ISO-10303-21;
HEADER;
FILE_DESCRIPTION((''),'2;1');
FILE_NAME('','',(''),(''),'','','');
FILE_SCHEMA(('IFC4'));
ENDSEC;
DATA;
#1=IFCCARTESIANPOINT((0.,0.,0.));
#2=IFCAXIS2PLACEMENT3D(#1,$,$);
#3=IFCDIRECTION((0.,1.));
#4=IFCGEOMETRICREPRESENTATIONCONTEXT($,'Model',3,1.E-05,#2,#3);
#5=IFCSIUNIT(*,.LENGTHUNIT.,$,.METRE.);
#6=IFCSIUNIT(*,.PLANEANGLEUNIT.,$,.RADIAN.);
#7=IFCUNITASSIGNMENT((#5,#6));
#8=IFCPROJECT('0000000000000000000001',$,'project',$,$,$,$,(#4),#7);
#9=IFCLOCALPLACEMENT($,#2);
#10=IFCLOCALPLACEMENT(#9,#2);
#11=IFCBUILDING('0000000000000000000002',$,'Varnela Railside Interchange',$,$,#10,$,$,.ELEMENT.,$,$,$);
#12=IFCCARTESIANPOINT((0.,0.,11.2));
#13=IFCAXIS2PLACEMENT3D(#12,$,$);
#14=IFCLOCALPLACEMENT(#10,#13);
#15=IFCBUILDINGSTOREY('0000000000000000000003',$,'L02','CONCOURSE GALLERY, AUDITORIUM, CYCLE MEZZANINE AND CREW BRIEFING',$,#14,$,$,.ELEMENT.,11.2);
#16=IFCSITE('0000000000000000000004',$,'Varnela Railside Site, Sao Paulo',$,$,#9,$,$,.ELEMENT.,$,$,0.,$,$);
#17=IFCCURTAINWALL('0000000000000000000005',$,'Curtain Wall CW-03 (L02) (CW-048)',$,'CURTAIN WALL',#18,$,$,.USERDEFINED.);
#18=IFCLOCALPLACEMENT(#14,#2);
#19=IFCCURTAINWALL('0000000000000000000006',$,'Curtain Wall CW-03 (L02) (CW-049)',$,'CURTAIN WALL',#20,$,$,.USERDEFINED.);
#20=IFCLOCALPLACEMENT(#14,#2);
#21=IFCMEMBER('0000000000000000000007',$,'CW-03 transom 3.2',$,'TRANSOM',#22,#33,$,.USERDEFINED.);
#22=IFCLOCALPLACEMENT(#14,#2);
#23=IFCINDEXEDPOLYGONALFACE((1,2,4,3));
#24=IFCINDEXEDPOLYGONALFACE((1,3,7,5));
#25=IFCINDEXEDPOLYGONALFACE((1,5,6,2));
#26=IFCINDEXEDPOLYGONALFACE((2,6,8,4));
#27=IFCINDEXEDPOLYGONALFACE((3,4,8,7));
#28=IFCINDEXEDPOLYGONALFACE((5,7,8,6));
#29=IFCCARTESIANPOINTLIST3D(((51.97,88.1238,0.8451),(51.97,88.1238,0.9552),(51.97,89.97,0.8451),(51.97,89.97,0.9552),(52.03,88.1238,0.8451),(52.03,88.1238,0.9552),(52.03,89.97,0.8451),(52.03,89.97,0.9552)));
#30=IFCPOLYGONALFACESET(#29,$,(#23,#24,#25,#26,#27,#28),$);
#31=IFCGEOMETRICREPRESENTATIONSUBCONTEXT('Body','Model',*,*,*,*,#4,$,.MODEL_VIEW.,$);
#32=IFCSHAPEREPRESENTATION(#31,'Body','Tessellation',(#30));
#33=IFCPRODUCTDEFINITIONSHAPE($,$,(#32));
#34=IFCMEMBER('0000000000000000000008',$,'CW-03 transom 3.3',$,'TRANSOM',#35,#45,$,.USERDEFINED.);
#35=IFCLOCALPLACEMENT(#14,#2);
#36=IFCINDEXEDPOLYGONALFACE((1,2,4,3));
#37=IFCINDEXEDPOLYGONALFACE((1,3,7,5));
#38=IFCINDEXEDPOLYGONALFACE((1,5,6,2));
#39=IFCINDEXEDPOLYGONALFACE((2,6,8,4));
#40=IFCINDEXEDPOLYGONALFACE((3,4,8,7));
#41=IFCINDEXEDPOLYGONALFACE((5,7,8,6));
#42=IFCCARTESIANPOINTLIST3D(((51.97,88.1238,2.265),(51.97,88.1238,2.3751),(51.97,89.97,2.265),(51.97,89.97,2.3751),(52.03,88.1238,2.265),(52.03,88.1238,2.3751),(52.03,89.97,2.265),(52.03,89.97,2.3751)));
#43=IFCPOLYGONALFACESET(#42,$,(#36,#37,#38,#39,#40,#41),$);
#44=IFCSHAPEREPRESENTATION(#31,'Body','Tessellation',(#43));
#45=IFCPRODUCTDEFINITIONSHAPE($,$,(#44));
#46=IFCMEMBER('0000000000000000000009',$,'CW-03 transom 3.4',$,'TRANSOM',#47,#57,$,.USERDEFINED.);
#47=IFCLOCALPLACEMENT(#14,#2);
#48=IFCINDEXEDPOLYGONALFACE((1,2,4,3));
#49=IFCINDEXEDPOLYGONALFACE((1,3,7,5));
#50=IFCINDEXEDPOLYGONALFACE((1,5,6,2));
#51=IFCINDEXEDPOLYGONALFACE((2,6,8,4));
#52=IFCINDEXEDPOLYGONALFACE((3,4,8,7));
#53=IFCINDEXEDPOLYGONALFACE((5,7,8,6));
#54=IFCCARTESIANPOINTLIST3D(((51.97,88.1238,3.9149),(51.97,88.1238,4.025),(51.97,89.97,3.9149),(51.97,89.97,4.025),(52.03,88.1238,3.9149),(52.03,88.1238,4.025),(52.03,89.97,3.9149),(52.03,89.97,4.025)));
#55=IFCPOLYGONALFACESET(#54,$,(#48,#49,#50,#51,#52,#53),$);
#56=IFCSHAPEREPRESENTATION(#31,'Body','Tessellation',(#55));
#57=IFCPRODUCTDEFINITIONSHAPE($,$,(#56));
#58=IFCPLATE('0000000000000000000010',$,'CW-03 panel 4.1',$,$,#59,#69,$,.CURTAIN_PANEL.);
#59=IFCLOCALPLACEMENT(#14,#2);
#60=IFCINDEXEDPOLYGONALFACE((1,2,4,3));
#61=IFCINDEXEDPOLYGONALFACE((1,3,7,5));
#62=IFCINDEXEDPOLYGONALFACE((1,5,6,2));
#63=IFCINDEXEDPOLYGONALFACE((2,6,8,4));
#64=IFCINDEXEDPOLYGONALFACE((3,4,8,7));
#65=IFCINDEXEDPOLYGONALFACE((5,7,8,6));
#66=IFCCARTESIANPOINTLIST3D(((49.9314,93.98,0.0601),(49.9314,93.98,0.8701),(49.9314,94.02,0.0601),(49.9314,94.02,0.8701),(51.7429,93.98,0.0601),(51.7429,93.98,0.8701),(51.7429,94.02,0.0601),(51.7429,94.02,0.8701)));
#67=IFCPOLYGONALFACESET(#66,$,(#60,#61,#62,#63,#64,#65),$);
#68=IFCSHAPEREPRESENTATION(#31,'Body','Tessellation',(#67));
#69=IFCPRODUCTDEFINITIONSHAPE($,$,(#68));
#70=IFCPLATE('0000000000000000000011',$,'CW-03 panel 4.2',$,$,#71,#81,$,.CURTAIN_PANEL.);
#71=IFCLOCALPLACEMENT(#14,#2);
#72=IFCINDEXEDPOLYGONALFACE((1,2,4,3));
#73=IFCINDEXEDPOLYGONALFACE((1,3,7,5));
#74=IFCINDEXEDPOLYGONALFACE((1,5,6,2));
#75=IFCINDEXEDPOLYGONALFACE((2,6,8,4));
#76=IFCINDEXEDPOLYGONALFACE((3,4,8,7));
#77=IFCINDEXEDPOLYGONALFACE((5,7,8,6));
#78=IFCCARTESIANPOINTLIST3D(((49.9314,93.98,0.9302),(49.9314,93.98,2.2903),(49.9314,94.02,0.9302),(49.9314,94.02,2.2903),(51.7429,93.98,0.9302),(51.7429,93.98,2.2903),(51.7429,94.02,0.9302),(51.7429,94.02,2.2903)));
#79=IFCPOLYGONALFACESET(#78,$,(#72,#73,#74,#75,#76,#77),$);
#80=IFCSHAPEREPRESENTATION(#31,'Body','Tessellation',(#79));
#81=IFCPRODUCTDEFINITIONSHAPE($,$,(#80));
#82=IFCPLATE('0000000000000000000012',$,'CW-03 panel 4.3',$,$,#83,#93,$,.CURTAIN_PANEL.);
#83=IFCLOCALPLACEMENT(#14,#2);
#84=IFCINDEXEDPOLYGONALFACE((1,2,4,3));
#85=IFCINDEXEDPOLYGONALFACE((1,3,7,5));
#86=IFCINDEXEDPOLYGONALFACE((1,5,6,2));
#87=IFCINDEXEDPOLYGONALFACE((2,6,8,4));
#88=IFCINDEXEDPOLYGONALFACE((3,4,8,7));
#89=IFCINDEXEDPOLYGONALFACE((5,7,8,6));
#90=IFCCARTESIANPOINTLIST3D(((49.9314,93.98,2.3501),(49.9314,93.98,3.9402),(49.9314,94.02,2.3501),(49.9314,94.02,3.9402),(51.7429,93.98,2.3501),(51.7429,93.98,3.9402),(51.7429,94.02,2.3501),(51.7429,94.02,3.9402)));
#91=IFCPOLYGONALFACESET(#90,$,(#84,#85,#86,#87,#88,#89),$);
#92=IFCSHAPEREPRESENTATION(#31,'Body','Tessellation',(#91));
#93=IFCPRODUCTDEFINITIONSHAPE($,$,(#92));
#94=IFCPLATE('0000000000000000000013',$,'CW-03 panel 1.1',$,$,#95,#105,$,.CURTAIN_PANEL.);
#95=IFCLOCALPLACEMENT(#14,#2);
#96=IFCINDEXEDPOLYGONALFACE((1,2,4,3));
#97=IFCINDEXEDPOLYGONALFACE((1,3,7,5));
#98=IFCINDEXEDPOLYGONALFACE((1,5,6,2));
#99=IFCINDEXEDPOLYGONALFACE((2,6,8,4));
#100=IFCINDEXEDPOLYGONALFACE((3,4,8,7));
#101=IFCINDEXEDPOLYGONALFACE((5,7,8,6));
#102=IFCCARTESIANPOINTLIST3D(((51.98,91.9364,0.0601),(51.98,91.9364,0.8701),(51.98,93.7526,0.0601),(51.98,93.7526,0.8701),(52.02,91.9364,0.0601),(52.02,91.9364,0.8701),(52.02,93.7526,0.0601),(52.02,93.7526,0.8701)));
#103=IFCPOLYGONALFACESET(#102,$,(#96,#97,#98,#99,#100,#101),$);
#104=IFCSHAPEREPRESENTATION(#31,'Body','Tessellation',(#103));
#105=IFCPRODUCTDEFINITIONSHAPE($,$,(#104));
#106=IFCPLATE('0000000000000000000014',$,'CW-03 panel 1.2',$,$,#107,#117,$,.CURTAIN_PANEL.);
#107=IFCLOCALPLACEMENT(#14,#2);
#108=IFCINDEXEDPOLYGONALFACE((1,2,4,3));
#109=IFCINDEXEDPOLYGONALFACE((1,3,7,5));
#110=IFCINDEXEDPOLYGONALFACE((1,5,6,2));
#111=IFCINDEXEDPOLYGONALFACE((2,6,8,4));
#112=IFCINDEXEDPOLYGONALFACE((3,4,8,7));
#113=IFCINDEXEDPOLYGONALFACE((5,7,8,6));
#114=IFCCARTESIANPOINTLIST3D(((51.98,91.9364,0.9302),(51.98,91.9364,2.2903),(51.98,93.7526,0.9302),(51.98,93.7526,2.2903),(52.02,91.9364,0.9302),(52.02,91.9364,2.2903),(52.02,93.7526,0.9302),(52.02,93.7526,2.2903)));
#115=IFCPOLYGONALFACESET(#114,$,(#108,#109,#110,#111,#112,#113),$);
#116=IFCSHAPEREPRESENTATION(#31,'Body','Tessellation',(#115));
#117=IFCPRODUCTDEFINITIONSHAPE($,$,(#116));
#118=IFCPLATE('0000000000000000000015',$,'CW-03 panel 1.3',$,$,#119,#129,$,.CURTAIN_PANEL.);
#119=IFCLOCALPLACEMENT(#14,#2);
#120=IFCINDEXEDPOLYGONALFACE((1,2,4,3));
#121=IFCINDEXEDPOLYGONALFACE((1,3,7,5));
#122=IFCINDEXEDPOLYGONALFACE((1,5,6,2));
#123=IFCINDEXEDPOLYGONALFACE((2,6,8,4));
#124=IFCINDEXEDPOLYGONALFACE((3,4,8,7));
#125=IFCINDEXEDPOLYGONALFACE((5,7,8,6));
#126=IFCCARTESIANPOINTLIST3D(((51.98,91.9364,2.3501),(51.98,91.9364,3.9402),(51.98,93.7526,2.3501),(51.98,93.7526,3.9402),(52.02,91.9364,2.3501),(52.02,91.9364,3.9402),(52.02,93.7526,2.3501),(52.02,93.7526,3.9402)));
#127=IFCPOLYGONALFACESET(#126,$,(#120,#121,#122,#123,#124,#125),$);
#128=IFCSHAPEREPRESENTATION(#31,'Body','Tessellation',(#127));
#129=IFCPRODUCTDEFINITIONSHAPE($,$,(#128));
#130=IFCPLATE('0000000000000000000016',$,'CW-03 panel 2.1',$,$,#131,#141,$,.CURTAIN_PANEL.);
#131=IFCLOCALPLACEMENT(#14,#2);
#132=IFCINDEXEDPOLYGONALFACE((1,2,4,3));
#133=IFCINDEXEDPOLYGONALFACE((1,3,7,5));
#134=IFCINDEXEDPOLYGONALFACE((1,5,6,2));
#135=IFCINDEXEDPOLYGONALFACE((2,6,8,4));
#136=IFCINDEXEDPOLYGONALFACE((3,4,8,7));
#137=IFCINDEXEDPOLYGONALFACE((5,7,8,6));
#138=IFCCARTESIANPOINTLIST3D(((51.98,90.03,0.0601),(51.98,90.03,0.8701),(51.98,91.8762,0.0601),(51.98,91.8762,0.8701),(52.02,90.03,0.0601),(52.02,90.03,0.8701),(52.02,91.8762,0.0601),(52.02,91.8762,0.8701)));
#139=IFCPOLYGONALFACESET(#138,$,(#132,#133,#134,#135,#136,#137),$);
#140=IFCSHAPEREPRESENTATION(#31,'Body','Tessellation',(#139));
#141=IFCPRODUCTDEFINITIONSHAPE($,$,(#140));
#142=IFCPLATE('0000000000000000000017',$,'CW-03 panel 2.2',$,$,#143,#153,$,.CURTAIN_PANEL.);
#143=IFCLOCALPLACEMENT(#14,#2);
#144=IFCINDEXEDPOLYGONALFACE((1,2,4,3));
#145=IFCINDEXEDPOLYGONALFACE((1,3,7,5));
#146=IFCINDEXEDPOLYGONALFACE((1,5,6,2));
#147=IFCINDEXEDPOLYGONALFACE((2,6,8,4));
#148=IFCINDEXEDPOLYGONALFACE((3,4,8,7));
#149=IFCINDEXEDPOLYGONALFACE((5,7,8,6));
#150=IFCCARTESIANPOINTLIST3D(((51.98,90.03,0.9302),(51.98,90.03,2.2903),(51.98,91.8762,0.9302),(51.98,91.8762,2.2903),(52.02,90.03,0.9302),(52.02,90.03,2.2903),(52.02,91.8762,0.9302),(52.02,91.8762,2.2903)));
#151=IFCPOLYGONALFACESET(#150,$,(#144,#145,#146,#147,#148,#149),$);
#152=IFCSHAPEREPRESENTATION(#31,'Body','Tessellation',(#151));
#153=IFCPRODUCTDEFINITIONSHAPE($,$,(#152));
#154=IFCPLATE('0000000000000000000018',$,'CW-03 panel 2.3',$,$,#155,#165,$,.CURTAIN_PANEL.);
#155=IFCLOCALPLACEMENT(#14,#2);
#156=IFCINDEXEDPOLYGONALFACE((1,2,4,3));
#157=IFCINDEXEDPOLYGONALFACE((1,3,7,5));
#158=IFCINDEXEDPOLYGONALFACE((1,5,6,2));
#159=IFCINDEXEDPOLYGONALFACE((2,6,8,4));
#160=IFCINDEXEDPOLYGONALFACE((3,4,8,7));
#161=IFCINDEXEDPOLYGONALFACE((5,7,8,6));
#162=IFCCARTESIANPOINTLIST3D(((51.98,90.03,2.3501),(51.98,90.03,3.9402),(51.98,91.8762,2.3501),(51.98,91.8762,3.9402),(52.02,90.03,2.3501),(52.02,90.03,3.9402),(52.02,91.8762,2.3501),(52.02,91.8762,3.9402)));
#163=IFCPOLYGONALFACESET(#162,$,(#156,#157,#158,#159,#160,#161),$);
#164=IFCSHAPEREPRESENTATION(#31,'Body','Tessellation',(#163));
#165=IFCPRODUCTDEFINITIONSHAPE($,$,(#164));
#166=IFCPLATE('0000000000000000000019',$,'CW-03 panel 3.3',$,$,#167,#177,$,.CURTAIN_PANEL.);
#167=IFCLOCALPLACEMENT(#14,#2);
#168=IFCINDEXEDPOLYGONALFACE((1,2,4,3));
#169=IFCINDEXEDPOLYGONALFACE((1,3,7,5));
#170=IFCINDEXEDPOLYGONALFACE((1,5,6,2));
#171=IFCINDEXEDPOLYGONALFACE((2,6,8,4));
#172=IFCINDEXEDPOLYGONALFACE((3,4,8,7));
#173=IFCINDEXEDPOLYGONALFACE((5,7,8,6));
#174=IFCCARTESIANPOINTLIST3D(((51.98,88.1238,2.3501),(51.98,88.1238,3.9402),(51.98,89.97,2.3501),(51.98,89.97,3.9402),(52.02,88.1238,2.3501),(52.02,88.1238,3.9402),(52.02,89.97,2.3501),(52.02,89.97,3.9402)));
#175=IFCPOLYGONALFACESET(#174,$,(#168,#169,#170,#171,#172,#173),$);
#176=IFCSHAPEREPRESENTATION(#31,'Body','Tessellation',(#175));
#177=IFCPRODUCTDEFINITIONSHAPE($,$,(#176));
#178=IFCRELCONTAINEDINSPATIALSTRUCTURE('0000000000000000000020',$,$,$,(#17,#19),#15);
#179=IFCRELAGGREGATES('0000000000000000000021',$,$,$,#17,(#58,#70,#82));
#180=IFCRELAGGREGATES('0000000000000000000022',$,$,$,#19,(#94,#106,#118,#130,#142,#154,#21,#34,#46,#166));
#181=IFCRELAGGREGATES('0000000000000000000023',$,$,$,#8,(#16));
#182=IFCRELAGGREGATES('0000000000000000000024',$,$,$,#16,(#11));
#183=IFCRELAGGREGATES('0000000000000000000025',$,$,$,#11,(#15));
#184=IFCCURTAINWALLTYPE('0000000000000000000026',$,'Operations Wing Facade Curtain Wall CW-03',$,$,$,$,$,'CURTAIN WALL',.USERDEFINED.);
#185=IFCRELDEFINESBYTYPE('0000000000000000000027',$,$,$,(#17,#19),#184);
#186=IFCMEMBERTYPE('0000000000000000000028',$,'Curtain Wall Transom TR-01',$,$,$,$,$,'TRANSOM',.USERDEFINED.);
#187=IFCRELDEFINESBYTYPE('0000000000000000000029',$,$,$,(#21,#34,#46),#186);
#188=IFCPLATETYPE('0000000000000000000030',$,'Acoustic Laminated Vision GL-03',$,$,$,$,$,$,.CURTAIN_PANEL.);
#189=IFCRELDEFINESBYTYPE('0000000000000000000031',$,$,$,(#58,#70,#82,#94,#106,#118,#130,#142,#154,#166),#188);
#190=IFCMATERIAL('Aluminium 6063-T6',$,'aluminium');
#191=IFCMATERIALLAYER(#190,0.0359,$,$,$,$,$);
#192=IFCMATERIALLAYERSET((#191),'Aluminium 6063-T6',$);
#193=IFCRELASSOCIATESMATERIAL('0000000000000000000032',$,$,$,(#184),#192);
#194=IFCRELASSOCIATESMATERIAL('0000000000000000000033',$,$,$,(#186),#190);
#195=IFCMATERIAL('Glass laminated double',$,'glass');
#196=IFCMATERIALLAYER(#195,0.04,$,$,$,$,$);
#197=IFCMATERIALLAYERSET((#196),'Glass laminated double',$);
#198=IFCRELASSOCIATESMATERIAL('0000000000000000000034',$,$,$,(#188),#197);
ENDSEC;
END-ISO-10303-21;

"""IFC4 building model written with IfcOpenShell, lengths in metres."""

from ifc_helpers import new_model, si_unit, direction, frame, origin, origin_2d, place, context, subcontext, project, spatial, rectangle, extrude, material, layer, layer_set, material_profile, profile_set, type_object, element, aggregate, save


model = new_model("IFC4")

# Units and contexts
model_context = context("Model", 3, precision=1e-05, world=origin(), true_north=direction((0.0, 1.0)))
body_context = subcontext(model_context, "Body", "Model", "MODEL_VIEW")
ifc_project = project(units=[si_unit("LENGTHUNIT", "METRE"), si_unit("PLANEANGLEUNIT", "RADIAN")], contexts=[model_context])

# Site, building, storey
site_placement = place(None, origin())
site = spatial("IfcSite", under=ifc_project, at=site_placement, Name="Varnela Railside Site, Sao Paulo", CompositionType="ELEMENT", RefElevation=0.0)
building_placement = place(site_placement, origin())
building = spatial("IfcBuilding", under=site, at=building_placement, Name="Varnela Railside Interchange", CompositionType="ELEMENT")
storey_placement = place(building_placement, frame((0.0, 0.0, 11.2)))
storey = spatial("IfcBuildingStorey", under=building, at=storey_placement, Name="L02", Description="CONCOURSE GALLERY, AUDITORIUM, CYCLE MEZZANINE AND CREW BRIEFING", CompositionType="ELEMENT", Elevation=11.2)

# Curtain wall
ifc_material_1 = material(Name="Aluminium 6063-T6", Category="aluminium")
ifc_layer_1 = layer(ifc_material_1, 0.0359)
ifc_layer_set_1 = layer_set([ifc_layer_1], Name="Aluminium 6063-T6")
curtain_wall_type = type_object("IfcCurtainWallType", Name="Operations Wing Facade Curtain Wall CW-03", ElementType="CURTAIN WALL", PredefinedType="USERDEFINED", material=ifc_layer_set_1)
curtain_wall_1_placement = place(storey_placement, origin())
curtain_wall_1 = element("IfcCurtainWall", 1, at=curtain_wall_1_placement, inside=storey, type_object=curtain_wall_type, Name="Curtain Wall CW-03 (L02) (CW-048)", ObjectType="CURTAIN WALL", PredefinedType="USERDEFINED")

# Curtain wall, members
curtain_wall_2_placement = place(storey_placement, origin())
curtain_wall_2 = element("IfcCurtainWall", 2, at=curtain_wall_2_placement, inside=storey, type_object=curtain_wall_type, Name="Curtain Wall CW-03 (L02) (CW-049)", ObjectType="CURTAIN WALL", PredefinedType="USERDEFINED")
ifc_material_profile_1 = material_profile(ifc_material_1, rectangle(XDim=0.0601, YDim=0.1101, at=origin_2d()), Name="ALU 60x110")
ifc_profile_set_1 = profile_set([ifc_material_profile_1], Name="Aluminium 6063-T6")
member_type_1 = type_object("IfcMemberType", Name="Curtain Wall Transom TR-01", ElementType="TRANSOM", PredefinedType="USERDEFINED", material=ifc_profile_set_1)
member_1_placement = place(storey_placement, frame((52.0, 89.97, 0.9001), z_axis=(0.0, -1.0, 0.0), x_axis=(1.0, 0.0, 0.0)))
member_1 = element("IfcMember", 3, at=member_1_placement, type_object=member_type_1, Name="CW-03 transom 3.2", ObjectType="TRANSOM", PredefinedType="USERDEFINED", context=body_context, shape_type="SweptSolid", body=[
    extrude(rectangle(XDim=0.0601, YDim=0.1101, at=origin_2d()), origin(), (0.0, 0.0, 1.0), 1.8462),
])
member_2_placement = place(storey_placement, frame((52.0, 89.97, 2.3201), z_axis=(0.0, -1.0, 0.0), x_axis=(1.0, 0.0, 0.0)))
member_2 = element("IfcMember", 4, at=member_2_placement, type_object=member_type_1, Name="CW-03 transom 3.3", ObjectType="TRANSOM", PredefinedType="USERDEFINED", context=body_context, shape_type="SweptSolid", body=[
    extrude(rectangle(XDim=0.0601, YDim=0.1101, at=origin_2d()), origin(), (0.0, 0.0, 1.0), 1.8462),
])
member_3_placement = place(storey_placement, frame((52.0, 89.97, 3.97), z_axis=(0.0, -1.0, 0.0), x_axis=(1.0, 0.0, 0.0)))
member_3 = element("IfcMember", 5, at=member_3_placement, type_object=member_type_1, Name="CW-03 transom 3.4", ObjectType="TRANSOM", PredefinedType="USERDEFINED", context=body_context, shape_type="SweptSolid", body=[
    extrude(rectangle(XDim=0.0601, YDim=0.1101, at=origin_2d()), origin(), (0.0, 0.0, 1.0), 1.8462),
])

# Plates
ifc_material_2 = material(Name="Glass laminated double", Category="glass")
ifc_layer_2 = layer(ifc_material_2, 0.04)
ifc_layer_set_2 = layer_set([ifc_layer_2], Name="Glass laminated double")
plate_type = type_object("IfcPlateType", Name="Acoustic Laminated Vision GL-03", PredefinedType="CURTAIN_PANEL", material=ifc_layer_set_2)
plate_1_placement = place(storey_placement, frame((50.8372, 94.0, 0.0601), z_axis=(0.0, 0.0, 1.0), x_axis=(1.0, 0.0, 0.0)))
plate_1 = element("IfcPlate", 6, at=plate_1_placement, type_object=plate_type, Name="CW-03 panel 4.1", PredefinedType="CURTAIN_PANEL", context=body_context, shape_type="SweptSolid", body=[
    extrude(rectangle(XDim=1.8115, YDim=0.04, at=origin_2d()), origin(), (0.0, 0.0, 1.0), 0.8101),
])
plate_2_placement = place(storey_placement, frame((50.8372, 94.0, 0.9302), z_axis=(0.0, 0.0, 1.0), x_axis=(1.0, 0.0, 0.0)))
plate_2 = element("IfcPlate", 7, at=plate_2_placement, type_object=plate_type, Name="CW-03 panel 4.2", PredefinedType="CURTAIN_PANEL", context=body_context, shape_type="SweptSolid", body=[
    extrude(rectangle(XDim=1.8115, YDim=0.04, at=origin_2d()), origin(), (0.0, 0.0, 1.0), 1.3601),
])
plate_3_placement = place(storey_placement, frame((50.8372, 94.0, 2.3501), z_axis=(0.0, 0.0, 1.0), x_axis=(1.0, 0.0, 0.0)))
plate_3 = element("IfcPlate", 8, at=plate_3_placement, type_object=plate_type, Name="CW-03 panel 4.3", PredefinedType="CURTAIN_PANEL", context=body_context, shape_type="SweptSolid", body=[
    extrude(rectangle(XDim=1.8115, YDim=0.04, at=origin_2d()), origin(), (0.0, 0.0, 1.0), 1.5901),
])
aggregate(curtain_wall_1, [plate_1, plate_2, plate_3])
plate_4_placement = place(storey_placement, frame((52.0, 92.8445, 0.0601), z_axis=(0.0, 0.0, 1.0), x_axis=(0.0, -1.0, 0.0)))
plate_4 = element("IfcPlate", 9, at=plate_4_placement, type_object=plate_type, Name="CW-03 panel 1.1", PredefinedType="CURTAIN_PANEL", context=body_context, shape_type="SweptSolid", body=[
    extrude(rectangle(XDim=1.8162, YDim=0.04, at=origin_2d()), origin(), (0.0, 0.0, 1.0), 0.8101),
])
plate_5_placement = place(storey_placement, frame((52.0, 92.8445, 0.9302), z_axis=(0.0, 0.0, 1.0), x_axis=(0.0, -1.0, 0.0)))
plate_5 = element("IfcPlate", 10, at=plate_5_placement, type_object=plate_type, Name="CW-03 panel 1.2", PredefinedType="CURTAIN_PANEL", context=body_context, shape_type="SweptSolid", body=[
    extrude(rectangle(XDim=1.8162, YDim=0.04, at=origin_2d()), origin(), (0.0, 0.0, 1.0), 1.3601),
])
plate_6_placement = place(storey_placement, frame((52.0, 92.8445, 2.3501), z_axis=(0.0, 0.0, 1.0), x_axis=(0.0, -1.0, 0.0)))
plate_6 = element("IfcPlate", 11, at=plate_6_placement, type_object=plate_type, Name="CW-03 panel 1.3", PredefinedType="CURTAIN_PANEL", context=body_context, shape_type="SweptSolid", body=[
    extrude(rectangle(XDim=1.8162, YDim=0.04, at=origin_2d()), origin(), (0.0, 0.0, 1.0), 1.5901),
])
plate_7_placement = place(storey_placement, frame((52.0, 90.9531, 0.0601), z_axis=(0.0, 0.0, 1.0), x_axis=(0.0, -1.0, 0.0)))
plate_7 = element("IfcPlate", 12, at=plate_7_placement, type_object=plate_type, Name="CW-03 panel 2.1", PredefinedType="CURTAIN_PANEL", context=body_context, shape_type="SweptSolid", body=[
    extrude(rectangle(XDim=1.8462, YDim=0.04, at=origin_2d()), origin(), (0.0, 0.0, 1.0), 0.8101),
])
plate_8_placement = place(storey_placement, frame((52.0, 90.9531, 0.9302), z_axis=(0.0, 0.0, 1.0), x_axis=(0.0, -1.0, 0.0)))
plate_8 = element("IfcPlate", 13, at=plate_8_placement, type_object=plate_type, Name="CW-03 panel 2.2", PredefinedType="CURTAIN_PANEL", context=body_context, shape_type="SweptSolid", body=[
    extrude(rectangle(XDim=1.8462, YDim=0.04, at=origin_2d()), origin(), (0.0, 0.0, 1.0), 1.3601),
])
plate_9_placement = place(storey_placement, frame((52.0, 90.9531, 2.3501), z_axis=(0.0, 0.0, 1.0), x_axis=(0.0, -1.0, 0.0)))
plate_9 = element("IfcPlate", 14, at=plate_9_placement, type_object=plate_type, Name="CW-03 panel 2.3", PredefinedType="CURTAIN_PANEL", context=body_context, shape_type="SweptSolid", body=[
    extrude(rectangle(XDim=1.8462, YDim=0.04, at=origin_2d()), origin(), (0.0, 0.0, 1.0), 1.5901),
])
plate_10_placement = place(storey_placement, frame((52.0, 89.0469, 2.3501), z_axis=(0.0, 0.0, 1.0), x_axis=(0.0, -1.0, 0.0)))
plate_10 = element("IfcPlate", 15, at=plate_10_placement, type_object=plate_type, Name="CW-03 panel 3.3", PredefinedType="CURTAIN_PANEL", context=body_context, shape_type="SweptSolid", body=[
    extrude(rectangle(XDim=1.8462, YDim=0.04, at=origin_2d()), origin(), (0.0, 0.0, 1.0), 1.5901),
])
aggregate(curtain_wall_2, [plate_4, plate_5, plate_6, plate_7, plate_8, plate_9, member_1, member_2, member_3, plate_10])

save(model, "model.ifc")
